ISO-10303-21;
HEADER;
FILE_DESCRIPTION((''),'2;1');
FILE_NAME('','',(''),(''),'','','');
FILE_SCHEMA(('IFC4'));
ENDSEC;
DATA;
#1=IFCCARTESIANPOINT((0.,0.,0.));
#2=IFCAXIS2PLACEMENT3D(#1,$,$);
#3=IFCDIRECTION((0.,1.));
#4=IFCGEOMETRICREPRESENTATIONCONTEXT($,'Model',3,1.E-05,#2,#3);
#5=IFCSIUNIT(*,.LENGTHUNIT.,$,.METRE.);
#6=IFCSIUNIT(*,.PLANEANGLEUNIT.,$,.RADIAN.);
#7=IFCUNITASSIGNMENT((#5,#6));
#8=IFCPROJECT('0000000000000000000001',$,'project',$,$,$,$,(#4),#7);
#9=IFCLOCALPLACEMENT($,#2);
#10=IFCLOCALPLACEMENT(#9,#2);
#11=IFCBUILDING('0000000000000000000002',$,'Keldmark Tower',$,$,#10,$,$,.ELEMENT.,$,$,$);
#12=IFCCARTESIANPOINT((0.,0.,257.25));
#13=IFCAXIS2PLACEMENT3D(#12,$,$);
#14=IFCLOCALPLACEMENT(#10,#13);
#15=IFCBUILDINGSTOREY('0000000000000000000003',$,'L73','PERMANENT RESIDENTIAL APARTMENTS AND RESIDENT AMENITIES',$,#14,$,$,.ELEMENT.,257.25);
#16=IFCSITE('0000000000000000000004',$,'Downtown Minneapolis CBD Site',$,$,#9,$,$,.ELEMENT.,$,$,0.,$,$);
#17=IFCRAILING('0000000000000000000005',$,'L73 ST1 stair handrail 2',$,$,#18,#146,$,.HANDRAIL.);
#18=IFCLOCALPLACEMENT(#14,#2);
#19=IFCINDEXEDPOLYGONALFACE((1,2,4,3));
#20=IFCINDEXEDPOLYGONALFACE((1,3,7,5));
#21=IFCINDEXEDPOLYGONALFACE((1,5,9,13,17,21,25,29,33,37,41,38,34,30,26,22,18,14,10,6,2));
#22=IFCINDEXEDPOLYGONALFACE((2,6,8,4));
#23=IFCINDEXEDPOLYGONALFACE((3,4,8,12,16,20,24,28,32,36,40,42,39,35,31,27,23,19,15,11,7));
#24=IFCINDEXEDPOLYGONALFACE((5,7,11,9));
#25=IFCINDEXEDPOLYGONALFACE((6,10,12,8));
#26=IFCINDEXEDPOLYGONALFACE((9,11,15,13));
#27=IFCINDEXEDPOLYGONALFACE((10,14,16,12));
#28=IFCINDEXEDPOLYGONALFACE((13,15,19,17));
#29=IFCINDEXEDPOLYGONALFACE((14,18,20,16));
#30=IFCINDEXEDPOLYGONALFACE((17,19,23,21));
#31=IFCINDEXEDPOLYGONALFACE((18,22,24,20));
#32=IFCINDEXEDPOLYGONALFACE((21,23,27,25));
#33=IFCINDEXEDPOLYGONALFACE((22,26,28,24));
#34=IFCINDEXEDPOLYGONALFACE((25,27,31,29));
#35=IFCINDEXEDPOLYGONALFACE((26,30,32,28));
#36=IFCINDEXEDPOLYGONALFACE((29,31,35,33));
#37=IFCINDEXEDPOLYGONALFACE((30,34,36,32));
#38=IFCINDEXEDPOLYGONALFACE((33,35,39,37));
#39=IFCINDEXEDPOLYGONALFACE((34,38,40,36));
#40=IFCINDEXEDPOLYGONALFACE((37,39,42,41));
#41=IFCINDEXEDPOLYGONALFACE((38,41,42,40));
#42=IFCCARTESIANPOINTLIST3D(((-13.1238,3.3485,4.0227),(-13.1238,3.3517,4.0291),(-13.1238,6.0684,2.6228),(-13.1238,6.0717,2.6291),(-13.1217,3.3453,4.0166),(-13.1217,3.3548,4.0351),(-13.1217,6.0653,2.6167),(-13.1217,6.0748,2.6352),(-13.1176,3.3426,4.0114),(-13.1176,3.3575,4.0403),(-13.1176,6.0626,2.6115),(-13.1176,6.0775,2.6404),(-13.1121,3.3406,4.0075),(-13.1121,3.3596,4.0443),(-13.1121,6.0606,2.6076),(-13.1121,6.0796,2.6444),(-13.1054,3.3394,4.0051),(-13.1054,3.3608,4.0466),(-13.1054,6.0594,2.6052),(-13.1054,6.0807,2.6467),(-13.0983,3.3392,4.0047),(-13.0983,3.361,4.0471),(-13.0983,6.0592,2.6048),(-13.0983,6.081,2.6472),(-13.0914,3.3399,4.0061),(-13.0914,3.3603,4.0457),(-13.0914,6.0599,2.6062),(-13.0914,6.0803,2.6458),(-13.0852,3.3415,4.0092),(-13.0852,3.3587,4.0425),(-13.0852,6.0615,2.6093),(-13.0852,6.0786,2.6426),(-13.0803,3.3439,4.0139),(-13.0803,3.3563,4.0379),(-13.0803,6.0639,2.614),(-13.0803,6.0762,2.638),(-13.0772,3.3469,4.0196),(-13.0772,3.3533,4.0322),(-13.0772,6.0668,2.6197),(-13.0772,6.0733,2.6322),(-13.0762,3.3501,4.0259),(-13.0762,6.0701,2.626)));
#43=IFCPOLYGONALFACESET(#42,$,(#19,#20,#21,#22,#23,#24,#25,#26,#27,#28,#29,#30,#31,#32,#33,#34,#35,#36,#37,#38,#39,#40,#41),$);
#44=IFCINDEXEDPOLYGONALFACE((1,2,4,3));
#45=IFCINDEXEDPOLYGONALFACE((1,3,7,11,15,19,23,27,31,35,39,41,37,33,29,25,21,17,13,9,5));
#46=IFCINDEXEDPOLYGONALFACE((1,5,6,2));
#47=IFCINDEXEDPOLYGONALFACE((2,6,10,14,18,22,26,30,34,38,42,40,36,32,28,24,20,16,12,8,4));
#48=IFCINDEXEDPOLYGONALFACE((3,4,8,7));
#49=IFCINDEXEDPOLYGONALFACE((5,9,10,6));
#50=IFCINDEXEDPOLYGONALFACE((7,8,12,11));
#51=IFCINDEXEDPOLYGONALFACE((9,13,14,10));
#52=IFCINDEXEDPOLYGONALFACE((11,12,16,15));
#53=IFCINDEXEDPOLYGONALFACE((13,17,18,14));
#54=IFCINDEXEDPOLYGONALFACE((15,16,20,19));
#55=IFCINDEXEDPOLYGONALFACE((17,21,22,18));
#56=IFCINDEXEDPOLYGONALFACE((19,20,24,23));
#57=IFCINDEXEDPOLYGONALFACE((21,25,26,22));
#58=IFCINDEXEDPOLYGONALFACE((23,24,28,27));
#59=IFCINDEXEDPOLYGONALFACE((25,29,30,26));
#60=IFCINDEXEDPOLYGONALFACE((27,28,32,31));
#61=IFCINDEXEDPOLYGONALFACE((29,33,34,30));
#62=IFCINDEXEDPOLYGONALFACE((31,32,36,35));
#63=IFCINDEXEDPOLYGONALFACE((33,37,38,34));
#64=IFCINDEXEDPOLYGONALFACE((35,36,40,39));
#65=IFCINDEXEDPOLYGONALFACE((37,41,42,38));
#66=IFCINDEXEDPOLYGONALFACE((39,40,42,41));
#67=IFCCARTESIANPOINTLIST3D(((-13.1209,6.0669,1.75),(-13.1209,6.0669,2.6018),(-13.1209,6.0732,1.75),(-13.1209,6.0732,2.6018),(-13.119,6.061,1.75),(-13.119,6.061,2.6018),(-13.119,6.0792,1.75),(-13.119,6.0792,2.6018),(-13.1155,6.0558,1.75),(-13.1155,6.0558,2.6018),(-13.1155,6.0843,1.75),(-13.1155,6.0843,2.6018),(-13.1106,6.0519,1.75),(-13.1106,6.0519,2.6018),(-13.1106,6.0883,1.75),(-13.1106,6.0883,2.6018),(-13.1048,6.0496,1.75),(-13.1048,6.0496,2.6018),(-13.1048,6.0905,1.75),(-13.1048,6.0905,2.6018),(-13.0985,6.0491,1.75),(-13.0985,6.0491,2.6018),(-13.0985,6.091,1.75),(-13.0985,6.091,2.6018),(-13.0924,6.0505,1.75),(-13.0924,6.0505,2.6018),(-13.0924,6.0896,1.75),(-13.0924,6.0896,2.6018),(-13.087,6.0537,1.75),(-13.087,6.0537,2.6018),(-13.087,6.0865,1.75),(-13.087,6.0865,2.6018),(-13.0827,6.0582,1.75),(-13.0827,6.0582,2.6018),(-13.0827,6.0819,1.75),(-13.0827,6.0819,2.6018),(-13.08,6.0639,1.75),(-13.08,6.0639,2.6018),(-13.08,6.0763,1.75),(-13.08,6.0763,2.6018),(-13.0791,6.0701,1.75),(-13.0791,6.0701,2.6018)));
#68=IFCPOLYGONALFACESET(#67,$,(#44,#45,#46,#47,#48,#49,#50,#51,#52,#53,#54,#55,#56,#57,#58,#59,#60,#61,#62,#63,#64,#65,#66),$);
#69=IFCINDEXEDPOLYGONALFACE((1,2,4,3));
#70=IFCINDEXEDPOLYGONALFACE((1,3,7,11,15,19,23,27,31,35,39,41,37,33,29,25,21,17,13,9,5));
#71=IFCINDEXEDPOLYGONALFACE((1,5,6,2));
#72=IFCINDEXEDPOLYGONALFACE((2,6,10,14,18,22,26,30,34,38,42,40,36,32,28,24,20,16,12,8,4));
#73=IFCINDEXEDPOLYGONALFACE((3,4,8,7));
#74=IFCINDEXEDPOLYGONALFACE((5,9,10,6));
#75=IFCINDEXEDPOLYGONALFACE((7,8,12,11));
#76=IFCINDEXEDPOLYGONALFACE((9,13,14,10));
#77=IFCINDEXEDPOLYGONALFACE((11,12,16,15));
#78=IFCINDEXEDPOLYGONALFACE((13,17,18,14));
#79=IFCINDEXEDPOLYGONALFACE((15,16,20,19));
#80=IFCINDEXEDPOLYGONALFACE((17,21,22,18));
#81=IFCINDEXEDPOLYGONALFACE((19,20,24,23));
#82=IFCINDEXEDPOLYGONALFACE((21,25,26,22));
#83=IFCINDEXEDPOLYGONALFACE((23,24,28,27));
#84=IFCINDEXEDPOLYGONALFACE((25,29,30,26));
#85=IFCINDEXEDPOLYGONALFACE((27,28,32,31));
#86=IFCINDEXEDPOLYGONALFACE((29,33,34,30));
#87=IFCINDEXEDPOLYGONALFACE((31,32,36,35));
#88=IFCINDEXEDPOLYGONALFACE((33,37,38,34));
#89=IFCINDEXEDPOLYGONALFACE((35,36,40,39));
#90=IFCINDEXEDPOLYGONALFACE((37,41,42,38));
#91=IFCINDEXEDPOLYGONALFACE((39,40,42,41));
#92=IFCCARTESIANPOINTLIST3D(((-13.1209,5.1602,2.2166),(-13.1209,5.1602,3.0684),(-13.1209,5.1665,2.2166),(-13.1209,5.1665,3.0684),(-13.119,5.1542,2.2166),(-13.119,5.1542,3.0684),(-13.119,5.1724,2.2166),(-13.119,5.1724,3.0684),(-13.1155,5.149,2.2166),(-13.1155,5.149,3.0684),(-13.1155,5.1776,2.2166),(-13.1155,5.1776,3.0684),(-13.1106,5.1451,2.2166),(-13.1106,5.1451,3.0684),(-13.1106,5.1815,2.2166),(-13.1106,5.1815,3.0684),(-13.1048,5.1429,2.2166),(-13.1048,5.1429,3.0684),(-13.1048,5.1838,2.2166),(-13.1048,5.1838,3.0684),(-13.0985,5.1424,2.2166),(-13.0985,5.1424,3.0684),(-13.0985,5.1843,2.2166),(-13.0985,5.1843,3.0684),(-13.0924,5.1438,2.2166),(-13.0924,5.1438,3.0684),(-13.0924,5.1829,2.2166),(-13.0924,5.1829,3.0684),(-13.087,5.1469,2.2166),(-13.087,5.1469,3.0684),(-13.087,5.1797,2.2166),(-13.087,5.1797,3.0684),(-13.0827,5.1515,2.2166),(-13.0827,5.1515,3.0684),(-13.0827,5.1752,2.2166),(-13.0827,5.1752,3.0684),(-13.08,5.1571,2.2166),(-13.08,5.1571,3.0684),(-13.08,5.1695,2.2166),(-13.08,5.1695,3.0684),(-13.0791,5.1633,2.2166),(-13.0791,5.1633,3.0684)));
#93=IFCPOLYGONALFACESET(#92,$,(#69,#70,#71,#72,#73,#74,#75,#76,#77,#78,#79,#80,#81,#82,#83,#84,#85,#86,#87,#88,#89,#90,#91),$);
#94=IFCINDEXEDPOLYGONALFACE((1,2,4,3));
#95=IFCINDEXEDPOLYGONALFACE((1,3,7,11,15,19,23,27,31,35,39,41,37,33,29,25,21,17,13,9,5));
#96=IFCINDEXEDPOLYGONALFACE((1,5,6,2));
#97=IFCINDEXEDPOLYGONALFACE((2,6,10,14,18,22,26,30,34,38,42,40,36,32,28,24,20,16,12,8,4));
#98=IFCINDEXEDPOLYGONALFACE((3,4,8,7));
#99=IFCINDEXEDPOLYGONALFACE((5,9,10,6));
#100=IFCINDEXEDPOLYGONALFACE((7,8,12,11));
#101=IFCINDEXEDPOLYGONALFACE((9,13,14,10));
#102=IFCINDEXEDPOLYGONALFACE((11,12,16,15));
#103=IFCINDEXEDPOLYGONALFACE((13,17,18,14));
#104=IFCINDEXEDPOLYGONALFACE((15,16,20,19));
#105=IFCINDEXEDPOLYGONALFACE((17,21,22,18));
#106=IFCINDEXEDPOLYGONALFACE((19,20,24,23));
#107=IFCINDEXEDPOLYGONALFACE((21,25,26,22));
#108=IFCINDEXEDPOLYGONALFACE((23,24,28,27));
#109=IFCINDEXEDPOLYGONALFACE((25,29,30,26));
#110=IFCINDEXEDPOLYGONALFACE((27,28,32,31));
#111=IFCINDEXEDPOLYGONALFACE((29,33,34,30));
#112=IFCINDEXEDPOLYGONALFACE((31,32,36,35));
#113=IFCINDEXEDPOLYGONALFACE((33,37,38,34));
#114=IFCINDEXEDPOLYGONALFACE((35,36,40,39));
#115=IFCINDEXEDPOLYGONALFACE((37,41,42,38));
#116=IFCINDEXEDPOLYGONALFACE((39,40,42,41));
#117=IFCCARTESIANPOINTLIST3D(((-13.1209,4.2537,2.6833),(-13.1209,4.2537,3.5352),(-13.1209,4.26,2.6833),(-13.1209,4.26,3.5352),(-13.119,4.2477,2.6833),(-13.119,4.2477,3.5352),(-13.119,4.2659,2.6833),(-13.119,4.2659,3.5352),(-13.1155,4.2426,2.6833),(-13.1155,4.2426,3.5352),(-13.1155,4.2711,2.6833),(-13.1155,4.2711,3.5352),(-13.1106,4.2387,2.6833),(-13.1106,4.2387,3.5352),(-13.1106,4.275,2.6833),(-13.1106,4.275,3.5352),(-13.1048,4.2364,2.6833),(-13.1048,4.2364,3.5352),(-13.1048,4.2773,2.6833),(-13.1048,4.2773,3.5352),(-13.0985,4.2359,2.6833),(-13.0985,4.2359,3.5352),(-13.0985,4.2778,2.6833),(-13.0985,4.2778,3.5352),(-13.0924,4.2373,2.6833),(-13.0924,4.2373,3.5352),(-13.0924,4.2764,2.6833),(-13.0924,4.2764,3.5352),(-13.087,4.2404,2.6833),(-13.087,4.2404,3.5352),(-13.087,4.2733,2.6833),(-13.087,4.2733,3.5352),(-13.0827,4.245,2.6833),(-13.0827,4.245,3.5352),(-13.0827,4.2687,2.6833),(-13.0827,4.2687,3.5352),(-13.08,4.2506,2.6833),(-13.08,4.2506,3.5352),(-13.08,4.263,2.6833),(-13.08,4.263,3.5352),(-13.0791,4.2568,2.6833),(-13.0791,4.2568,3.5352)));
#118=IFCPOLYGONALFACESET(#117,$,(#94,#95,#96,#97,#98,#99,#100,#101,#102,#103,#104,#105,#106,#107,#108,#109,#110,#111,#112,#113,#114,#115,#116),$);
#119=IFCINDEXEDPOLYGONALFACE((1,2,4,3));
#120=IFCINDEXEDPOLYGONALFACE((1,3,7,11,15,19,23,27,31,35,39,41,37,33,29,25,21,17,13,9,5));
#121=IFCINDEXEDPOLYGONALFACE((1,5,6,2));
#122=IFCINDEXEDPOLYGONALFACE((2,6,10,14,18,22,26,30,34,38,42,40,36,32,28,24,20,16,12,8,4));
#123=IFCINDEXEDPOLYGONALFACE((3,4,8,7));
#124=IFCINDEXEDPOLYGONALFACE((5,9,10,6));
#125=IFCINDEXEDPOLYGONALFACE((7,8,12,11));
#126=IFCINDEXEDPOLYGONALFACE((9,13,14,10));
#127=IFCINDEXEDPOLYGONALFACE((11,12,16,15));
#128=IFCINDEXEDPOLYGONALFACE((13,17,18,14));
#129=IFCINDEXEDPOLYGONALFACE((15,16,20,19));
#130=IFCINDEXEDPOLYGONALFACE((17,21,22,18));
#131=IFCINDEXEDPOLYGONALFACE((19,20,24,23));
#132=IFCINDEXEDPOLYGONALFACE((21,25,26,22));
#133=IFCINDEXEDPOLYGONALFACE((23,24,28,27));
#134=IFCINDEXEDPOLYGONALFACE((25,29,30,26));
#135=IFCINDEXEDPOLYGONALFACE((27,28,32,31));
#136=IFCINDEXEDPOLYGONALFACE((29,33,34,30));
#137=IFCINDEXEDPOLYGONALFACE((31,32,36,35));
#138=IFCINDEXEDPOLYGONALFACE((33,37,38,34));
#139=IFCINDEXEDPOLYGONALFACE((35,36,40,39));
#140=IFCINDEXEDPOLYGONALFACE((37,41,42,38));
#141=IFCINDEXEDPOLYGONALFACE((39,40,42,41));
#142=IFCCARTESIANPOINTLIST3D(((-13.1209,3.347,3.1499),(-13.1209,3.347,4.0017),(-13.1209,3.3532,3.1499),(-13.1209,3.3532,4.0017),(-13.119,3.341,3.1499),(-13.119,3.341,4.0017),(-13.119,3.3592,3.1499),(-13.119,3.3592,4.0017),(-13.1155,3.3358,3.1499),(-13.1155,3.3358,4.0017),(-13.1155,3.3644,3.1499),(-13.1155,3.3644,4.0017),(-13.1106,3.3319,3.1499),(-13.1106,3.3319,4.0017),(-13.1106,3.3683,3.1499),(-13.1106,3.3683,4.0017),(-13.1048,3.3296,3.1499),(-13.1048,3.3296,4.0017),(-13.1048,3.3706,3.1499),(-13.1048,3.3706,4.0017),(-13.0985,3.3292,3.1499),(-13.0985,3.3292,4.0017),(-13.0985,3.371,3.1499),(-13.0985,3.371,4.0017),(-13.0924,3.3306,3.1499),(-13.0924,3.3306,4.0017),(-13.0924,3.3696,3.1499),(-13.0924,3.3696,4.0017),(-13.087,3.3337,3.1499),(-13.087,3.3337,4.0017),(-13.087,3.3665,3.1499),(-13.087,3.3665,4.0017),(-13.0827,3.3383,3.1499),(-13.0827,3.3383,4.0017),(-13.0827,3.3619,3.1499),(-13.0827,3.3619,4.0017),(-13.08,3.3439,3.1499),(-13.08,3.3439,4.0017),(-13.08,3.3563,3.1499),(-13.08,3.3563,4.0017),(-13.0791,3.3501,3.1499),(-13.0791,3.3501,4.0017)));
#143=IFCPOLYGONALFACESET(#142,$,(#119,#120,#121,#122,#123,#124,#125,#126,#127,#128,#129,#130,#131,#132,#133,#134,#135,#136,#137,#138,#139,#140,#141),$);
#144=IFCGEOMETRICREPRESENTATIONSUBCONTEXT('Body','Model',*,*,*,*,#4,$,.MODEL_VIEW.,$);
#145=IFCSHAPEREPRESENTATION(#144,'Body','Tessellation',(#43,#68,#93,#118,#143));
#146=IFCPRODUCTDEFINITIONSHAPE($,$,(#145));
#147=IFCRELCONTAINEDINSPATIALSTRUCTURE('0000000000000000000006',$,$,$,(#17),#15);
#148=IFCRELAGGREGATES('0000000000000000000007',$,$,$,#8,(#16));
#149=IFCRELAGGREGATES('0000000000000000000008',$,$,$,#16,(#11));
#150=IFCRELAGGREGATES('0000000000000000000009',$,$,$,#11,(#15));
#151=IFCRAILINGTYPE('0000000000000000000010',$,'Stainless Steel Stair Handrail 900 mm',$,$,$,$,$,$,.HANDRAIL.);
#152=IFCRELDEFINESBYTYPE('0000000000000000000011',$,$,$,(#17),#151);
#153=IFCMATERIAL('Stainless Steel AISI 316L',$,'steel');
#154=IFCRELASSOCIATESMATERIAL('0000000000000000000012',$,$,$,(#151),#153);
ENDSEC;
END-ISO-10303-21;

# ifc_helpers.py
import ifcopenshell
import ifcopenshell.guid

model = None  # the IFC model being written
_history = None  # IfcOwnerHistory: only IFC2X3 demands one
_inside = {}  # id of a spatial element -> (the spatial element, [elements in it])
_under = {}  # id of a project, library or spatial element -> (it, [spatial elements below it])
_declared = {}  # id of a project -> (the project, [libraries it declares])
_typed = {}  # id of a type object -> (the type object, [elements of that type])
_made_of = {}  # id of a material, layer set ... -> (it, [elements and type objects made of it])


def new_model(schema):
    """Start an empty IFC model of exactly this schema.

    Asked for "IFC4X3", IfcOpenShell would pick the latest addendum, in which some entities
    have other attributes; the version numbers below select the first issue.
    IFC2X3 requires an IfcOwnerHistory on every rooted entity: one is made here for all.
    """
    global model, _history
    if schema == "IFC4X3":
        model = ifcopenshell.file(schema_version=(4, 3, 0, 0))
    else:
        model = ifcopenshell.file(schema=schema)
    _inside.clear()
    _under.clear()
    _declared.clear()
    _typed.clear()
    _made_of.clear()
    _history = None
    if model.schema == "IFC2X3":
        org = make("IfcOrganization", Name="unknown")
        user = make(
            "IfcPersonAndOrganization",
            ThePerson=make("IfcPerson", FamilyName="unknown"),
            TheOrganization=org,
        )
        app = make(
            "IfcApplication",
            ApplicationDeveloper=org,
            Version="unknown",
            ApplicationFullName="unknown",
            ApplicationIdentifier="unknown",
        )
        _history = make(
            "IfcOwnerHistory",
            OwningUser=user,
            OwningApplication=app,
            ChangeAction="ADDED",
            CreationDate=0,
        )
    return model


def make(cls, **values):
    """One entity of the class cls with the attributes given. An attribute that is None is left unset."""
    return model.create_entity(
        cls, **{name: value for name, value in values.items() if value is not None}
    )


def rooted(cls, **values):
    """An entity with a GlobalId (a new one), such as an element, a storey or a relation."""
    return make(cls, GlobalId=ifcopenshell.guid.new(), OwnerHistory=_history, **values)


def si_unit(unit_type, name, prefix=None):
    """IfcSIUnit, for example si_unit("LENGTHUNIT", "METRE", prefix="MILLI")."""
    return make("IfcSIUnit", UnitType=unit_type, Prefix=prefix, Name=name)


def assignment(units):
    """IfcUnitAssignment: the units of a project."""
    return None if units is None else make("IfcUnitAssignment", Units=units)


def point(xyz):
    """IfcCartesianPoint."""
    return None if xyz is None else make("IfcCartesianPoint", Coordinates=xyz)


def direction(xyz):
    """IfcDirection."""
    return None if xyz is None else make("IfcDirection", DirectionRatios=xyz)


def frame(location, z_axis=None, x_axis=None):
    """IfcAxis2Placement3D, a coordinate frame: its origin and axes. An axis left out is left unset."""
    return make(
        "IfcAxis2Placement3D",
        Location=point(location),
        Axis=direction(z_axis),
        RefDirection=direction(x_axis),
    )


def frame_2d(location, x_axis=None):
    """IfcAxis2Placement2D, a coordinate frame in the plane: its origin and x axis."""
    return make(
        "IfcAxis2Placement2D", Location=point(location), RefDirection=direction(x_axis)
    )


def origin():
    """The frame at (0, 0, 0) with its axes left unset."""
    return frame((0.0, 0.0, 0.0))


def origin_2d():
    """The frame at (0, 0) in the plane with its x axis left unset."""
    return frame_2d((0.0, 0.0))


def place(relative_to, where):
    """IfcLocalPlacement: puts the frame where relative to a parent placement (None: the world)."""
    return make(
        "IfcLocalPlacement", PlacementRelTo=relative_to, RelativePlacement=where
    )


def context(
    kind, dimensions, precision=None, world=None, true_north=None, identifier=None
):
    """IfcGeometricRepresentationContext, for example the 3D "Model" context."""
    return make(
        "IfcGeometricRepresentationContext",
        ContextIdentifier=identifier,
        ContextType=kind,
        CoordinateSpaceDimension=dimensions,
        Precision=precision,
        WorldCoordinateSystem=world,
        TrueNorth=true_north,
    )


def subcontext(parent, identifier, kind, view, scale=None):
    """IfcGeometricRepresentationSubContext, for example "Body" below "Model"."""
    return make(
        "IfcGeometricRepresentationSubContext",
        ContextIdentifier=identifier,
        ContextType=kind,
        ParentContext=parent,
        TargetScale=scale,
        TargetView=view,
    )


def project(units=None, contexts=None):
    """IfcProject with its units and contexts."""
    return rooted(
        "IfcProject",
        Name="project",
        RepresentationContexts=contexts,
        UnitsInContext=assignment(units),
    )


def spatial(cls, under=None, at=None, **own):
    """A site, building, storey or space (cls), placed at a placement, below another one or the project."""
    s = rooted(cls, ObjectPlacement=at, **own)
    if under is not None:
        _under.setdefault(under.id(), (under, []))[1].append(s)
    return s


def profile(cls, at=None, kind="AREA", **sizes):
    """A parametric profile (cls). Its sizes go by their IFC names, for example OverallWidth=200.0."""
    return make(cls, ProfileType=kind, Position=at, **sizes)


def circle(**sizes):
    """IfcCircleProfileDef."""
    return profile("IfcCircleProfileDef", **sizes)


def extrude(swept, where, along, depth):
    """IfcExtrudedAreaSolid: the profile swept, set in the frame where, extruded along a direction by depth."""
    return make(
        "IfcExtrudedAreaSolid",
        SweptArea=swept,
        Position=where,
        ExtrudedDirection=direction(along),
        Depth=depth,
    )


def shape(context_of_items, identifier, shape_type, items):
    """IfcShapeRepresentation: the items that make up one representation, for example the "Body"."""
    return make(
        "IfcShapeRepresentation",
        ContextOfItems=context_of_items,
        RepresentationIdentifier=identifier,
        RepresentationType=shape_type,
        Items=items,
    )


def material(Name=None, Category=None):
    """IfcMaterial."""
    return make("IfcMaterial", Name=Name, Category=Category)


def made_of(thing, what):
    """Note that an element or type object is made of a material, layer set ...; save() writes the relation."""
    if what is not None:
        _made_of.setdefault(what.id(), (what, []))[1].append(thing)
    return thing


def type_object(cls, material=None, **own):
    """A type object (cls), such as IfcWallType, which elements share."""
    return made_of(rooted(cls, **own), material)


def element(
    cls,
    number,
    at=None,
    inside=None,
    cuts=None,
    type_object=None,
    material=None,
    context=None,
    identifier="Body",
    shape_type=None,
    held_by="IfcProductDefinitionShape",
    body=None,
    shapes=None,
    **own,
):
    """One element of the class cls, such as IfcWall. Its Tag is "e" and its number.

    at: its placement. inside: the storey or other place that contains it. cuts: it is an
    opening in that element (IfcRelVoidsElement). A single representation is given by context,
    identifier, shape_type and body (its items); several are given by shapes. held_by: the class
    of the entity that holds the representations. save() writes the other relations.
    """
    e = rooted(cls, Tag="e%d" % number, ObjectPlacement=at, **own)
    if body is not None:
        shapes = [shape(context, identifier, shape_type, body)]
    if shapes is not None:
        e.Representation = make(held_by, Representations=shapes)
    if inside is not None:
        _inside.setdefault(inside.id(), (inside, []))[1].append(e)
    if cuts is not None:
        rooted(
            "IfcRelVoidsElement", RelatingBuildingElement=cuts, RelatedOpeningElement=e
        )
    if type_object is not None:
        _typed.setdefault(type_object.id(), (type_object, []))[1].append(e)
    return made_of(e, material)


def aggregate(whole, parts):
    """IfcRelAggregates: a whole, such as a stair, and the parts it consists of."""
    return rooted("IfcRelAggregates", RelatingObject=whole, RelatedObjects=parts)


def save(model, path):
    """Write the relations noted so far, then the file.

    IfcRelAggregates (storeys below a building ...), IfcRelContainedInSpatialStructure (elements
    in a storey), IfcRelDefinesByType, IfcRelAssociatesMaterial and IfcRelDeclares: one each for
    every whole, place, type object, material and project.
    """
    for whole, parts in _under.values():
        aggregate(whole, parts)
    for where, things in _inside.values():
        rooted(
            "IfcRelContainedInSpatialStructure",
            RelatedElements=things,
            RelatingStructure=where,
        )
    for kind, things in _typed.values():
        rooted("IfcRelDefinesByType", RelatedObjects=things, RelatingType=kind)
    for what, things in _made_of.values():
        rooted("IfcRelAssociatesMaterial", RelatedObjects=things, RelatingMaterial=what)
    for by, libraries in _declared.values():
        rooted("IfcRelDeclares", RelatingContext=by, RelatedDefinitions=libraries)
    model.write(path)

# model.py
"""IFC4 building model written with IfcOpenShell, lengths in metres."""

from ifc_helpers import new_model, si_unit, direction, frame, origin, origin_2d, place, context, subcontext, project, spatial, circle, extrude, material, type_object, element, save


model = new_model("IFC4")

# Units and contexts
model_context = context("Model", 3, precision=1e-05, world=origin(), true_north=direction((0.0, 1.0)))
body_context = subcontext(model_context, "Body", "Model", "MODEL_VIEW")
ifc_project = project(units=[si_unit("LENGTHUNIT", "METRE"), si_unit("PLANEANGLEUNIT", "RADIAN")], contexts=[model_context])

# Site, building, storey
site_placement = place(None, origin())
site = spatial("IfcSite", under=ifc_project, at=site_placement, Name="Downtown Minneapolis CBD Site", CompositionType="ELEMENT", RefElevation=0.0)
building_placement = place(site_placement, origin())
building = spatial("IfcBuilding", under=site, at=building_placement, Name="Keldmark Tower", CompositionType="ELEMENT")
storey_placement = place(building_placement, frame((0.0, 0.0, 257.25)))
storey = spatial("IfcBuildingStorey", under=building, at=storey_placement, Name="L73", Description="PERMANENT RESIDENTIAL APARTMENTS AND RESIDENT AMENITIES", CompositionType="ELEMENT", Elevation=257.25)

# Railing
ifc_material_1 = material(Name="Stainless Steel AISI 316L", Category="steel")
railing_type_1 = type_object("IfcRailingType", Name="Stainless Steel Stair Handrail 900 mm", PredefinedType="HANDRAIL", material=ifc_material_1)
railing_1_placement = place(storey_placement, frame((-13.1001, 6.0701, 1.75)))
element("IfcRailing", 1, at=railing_1_placement, inside=storey, type_object=railing_type_1, Name="L73 ST1 stair handrail 2", PredefinedType="HANDRAIL", context=body_context, shape_type="SweptSolid", body=[
    extrude(circle(Radius=0.0239, at=origin_2d()), frame((0.0, 0.0, 0.876), z_axis=(0.0, -0.889147, 0.457622), x_axis=(1.0, 0.0, 0.0)), (0.0, 0.0, 1.0), 3.0591),
    extrude(circle(Radius=0.021, at=origin_2d()), origin(), (0.0, 0.0, 1.0), 0.8518),
    extrude(circle(Radius=0.021, at=origin_2d()), frame((0.0, -0.9067, 0.4666)), (0.0, 0.0, 1.0), 0.8518),
    extrude(circle(Radius=0.021, at=origin_2d()), frame((0.0, -1.8132, 0.9333)), (0.0, 0.0, 1.0), 0.8518),
    extrude(circle(Radius=0.021, at=origin_2d()), frame((0.0, -2.72, 1.3999)), (0.0, 0.0, 1.0), 0.8518),
])

save(model, "model.ifc")
